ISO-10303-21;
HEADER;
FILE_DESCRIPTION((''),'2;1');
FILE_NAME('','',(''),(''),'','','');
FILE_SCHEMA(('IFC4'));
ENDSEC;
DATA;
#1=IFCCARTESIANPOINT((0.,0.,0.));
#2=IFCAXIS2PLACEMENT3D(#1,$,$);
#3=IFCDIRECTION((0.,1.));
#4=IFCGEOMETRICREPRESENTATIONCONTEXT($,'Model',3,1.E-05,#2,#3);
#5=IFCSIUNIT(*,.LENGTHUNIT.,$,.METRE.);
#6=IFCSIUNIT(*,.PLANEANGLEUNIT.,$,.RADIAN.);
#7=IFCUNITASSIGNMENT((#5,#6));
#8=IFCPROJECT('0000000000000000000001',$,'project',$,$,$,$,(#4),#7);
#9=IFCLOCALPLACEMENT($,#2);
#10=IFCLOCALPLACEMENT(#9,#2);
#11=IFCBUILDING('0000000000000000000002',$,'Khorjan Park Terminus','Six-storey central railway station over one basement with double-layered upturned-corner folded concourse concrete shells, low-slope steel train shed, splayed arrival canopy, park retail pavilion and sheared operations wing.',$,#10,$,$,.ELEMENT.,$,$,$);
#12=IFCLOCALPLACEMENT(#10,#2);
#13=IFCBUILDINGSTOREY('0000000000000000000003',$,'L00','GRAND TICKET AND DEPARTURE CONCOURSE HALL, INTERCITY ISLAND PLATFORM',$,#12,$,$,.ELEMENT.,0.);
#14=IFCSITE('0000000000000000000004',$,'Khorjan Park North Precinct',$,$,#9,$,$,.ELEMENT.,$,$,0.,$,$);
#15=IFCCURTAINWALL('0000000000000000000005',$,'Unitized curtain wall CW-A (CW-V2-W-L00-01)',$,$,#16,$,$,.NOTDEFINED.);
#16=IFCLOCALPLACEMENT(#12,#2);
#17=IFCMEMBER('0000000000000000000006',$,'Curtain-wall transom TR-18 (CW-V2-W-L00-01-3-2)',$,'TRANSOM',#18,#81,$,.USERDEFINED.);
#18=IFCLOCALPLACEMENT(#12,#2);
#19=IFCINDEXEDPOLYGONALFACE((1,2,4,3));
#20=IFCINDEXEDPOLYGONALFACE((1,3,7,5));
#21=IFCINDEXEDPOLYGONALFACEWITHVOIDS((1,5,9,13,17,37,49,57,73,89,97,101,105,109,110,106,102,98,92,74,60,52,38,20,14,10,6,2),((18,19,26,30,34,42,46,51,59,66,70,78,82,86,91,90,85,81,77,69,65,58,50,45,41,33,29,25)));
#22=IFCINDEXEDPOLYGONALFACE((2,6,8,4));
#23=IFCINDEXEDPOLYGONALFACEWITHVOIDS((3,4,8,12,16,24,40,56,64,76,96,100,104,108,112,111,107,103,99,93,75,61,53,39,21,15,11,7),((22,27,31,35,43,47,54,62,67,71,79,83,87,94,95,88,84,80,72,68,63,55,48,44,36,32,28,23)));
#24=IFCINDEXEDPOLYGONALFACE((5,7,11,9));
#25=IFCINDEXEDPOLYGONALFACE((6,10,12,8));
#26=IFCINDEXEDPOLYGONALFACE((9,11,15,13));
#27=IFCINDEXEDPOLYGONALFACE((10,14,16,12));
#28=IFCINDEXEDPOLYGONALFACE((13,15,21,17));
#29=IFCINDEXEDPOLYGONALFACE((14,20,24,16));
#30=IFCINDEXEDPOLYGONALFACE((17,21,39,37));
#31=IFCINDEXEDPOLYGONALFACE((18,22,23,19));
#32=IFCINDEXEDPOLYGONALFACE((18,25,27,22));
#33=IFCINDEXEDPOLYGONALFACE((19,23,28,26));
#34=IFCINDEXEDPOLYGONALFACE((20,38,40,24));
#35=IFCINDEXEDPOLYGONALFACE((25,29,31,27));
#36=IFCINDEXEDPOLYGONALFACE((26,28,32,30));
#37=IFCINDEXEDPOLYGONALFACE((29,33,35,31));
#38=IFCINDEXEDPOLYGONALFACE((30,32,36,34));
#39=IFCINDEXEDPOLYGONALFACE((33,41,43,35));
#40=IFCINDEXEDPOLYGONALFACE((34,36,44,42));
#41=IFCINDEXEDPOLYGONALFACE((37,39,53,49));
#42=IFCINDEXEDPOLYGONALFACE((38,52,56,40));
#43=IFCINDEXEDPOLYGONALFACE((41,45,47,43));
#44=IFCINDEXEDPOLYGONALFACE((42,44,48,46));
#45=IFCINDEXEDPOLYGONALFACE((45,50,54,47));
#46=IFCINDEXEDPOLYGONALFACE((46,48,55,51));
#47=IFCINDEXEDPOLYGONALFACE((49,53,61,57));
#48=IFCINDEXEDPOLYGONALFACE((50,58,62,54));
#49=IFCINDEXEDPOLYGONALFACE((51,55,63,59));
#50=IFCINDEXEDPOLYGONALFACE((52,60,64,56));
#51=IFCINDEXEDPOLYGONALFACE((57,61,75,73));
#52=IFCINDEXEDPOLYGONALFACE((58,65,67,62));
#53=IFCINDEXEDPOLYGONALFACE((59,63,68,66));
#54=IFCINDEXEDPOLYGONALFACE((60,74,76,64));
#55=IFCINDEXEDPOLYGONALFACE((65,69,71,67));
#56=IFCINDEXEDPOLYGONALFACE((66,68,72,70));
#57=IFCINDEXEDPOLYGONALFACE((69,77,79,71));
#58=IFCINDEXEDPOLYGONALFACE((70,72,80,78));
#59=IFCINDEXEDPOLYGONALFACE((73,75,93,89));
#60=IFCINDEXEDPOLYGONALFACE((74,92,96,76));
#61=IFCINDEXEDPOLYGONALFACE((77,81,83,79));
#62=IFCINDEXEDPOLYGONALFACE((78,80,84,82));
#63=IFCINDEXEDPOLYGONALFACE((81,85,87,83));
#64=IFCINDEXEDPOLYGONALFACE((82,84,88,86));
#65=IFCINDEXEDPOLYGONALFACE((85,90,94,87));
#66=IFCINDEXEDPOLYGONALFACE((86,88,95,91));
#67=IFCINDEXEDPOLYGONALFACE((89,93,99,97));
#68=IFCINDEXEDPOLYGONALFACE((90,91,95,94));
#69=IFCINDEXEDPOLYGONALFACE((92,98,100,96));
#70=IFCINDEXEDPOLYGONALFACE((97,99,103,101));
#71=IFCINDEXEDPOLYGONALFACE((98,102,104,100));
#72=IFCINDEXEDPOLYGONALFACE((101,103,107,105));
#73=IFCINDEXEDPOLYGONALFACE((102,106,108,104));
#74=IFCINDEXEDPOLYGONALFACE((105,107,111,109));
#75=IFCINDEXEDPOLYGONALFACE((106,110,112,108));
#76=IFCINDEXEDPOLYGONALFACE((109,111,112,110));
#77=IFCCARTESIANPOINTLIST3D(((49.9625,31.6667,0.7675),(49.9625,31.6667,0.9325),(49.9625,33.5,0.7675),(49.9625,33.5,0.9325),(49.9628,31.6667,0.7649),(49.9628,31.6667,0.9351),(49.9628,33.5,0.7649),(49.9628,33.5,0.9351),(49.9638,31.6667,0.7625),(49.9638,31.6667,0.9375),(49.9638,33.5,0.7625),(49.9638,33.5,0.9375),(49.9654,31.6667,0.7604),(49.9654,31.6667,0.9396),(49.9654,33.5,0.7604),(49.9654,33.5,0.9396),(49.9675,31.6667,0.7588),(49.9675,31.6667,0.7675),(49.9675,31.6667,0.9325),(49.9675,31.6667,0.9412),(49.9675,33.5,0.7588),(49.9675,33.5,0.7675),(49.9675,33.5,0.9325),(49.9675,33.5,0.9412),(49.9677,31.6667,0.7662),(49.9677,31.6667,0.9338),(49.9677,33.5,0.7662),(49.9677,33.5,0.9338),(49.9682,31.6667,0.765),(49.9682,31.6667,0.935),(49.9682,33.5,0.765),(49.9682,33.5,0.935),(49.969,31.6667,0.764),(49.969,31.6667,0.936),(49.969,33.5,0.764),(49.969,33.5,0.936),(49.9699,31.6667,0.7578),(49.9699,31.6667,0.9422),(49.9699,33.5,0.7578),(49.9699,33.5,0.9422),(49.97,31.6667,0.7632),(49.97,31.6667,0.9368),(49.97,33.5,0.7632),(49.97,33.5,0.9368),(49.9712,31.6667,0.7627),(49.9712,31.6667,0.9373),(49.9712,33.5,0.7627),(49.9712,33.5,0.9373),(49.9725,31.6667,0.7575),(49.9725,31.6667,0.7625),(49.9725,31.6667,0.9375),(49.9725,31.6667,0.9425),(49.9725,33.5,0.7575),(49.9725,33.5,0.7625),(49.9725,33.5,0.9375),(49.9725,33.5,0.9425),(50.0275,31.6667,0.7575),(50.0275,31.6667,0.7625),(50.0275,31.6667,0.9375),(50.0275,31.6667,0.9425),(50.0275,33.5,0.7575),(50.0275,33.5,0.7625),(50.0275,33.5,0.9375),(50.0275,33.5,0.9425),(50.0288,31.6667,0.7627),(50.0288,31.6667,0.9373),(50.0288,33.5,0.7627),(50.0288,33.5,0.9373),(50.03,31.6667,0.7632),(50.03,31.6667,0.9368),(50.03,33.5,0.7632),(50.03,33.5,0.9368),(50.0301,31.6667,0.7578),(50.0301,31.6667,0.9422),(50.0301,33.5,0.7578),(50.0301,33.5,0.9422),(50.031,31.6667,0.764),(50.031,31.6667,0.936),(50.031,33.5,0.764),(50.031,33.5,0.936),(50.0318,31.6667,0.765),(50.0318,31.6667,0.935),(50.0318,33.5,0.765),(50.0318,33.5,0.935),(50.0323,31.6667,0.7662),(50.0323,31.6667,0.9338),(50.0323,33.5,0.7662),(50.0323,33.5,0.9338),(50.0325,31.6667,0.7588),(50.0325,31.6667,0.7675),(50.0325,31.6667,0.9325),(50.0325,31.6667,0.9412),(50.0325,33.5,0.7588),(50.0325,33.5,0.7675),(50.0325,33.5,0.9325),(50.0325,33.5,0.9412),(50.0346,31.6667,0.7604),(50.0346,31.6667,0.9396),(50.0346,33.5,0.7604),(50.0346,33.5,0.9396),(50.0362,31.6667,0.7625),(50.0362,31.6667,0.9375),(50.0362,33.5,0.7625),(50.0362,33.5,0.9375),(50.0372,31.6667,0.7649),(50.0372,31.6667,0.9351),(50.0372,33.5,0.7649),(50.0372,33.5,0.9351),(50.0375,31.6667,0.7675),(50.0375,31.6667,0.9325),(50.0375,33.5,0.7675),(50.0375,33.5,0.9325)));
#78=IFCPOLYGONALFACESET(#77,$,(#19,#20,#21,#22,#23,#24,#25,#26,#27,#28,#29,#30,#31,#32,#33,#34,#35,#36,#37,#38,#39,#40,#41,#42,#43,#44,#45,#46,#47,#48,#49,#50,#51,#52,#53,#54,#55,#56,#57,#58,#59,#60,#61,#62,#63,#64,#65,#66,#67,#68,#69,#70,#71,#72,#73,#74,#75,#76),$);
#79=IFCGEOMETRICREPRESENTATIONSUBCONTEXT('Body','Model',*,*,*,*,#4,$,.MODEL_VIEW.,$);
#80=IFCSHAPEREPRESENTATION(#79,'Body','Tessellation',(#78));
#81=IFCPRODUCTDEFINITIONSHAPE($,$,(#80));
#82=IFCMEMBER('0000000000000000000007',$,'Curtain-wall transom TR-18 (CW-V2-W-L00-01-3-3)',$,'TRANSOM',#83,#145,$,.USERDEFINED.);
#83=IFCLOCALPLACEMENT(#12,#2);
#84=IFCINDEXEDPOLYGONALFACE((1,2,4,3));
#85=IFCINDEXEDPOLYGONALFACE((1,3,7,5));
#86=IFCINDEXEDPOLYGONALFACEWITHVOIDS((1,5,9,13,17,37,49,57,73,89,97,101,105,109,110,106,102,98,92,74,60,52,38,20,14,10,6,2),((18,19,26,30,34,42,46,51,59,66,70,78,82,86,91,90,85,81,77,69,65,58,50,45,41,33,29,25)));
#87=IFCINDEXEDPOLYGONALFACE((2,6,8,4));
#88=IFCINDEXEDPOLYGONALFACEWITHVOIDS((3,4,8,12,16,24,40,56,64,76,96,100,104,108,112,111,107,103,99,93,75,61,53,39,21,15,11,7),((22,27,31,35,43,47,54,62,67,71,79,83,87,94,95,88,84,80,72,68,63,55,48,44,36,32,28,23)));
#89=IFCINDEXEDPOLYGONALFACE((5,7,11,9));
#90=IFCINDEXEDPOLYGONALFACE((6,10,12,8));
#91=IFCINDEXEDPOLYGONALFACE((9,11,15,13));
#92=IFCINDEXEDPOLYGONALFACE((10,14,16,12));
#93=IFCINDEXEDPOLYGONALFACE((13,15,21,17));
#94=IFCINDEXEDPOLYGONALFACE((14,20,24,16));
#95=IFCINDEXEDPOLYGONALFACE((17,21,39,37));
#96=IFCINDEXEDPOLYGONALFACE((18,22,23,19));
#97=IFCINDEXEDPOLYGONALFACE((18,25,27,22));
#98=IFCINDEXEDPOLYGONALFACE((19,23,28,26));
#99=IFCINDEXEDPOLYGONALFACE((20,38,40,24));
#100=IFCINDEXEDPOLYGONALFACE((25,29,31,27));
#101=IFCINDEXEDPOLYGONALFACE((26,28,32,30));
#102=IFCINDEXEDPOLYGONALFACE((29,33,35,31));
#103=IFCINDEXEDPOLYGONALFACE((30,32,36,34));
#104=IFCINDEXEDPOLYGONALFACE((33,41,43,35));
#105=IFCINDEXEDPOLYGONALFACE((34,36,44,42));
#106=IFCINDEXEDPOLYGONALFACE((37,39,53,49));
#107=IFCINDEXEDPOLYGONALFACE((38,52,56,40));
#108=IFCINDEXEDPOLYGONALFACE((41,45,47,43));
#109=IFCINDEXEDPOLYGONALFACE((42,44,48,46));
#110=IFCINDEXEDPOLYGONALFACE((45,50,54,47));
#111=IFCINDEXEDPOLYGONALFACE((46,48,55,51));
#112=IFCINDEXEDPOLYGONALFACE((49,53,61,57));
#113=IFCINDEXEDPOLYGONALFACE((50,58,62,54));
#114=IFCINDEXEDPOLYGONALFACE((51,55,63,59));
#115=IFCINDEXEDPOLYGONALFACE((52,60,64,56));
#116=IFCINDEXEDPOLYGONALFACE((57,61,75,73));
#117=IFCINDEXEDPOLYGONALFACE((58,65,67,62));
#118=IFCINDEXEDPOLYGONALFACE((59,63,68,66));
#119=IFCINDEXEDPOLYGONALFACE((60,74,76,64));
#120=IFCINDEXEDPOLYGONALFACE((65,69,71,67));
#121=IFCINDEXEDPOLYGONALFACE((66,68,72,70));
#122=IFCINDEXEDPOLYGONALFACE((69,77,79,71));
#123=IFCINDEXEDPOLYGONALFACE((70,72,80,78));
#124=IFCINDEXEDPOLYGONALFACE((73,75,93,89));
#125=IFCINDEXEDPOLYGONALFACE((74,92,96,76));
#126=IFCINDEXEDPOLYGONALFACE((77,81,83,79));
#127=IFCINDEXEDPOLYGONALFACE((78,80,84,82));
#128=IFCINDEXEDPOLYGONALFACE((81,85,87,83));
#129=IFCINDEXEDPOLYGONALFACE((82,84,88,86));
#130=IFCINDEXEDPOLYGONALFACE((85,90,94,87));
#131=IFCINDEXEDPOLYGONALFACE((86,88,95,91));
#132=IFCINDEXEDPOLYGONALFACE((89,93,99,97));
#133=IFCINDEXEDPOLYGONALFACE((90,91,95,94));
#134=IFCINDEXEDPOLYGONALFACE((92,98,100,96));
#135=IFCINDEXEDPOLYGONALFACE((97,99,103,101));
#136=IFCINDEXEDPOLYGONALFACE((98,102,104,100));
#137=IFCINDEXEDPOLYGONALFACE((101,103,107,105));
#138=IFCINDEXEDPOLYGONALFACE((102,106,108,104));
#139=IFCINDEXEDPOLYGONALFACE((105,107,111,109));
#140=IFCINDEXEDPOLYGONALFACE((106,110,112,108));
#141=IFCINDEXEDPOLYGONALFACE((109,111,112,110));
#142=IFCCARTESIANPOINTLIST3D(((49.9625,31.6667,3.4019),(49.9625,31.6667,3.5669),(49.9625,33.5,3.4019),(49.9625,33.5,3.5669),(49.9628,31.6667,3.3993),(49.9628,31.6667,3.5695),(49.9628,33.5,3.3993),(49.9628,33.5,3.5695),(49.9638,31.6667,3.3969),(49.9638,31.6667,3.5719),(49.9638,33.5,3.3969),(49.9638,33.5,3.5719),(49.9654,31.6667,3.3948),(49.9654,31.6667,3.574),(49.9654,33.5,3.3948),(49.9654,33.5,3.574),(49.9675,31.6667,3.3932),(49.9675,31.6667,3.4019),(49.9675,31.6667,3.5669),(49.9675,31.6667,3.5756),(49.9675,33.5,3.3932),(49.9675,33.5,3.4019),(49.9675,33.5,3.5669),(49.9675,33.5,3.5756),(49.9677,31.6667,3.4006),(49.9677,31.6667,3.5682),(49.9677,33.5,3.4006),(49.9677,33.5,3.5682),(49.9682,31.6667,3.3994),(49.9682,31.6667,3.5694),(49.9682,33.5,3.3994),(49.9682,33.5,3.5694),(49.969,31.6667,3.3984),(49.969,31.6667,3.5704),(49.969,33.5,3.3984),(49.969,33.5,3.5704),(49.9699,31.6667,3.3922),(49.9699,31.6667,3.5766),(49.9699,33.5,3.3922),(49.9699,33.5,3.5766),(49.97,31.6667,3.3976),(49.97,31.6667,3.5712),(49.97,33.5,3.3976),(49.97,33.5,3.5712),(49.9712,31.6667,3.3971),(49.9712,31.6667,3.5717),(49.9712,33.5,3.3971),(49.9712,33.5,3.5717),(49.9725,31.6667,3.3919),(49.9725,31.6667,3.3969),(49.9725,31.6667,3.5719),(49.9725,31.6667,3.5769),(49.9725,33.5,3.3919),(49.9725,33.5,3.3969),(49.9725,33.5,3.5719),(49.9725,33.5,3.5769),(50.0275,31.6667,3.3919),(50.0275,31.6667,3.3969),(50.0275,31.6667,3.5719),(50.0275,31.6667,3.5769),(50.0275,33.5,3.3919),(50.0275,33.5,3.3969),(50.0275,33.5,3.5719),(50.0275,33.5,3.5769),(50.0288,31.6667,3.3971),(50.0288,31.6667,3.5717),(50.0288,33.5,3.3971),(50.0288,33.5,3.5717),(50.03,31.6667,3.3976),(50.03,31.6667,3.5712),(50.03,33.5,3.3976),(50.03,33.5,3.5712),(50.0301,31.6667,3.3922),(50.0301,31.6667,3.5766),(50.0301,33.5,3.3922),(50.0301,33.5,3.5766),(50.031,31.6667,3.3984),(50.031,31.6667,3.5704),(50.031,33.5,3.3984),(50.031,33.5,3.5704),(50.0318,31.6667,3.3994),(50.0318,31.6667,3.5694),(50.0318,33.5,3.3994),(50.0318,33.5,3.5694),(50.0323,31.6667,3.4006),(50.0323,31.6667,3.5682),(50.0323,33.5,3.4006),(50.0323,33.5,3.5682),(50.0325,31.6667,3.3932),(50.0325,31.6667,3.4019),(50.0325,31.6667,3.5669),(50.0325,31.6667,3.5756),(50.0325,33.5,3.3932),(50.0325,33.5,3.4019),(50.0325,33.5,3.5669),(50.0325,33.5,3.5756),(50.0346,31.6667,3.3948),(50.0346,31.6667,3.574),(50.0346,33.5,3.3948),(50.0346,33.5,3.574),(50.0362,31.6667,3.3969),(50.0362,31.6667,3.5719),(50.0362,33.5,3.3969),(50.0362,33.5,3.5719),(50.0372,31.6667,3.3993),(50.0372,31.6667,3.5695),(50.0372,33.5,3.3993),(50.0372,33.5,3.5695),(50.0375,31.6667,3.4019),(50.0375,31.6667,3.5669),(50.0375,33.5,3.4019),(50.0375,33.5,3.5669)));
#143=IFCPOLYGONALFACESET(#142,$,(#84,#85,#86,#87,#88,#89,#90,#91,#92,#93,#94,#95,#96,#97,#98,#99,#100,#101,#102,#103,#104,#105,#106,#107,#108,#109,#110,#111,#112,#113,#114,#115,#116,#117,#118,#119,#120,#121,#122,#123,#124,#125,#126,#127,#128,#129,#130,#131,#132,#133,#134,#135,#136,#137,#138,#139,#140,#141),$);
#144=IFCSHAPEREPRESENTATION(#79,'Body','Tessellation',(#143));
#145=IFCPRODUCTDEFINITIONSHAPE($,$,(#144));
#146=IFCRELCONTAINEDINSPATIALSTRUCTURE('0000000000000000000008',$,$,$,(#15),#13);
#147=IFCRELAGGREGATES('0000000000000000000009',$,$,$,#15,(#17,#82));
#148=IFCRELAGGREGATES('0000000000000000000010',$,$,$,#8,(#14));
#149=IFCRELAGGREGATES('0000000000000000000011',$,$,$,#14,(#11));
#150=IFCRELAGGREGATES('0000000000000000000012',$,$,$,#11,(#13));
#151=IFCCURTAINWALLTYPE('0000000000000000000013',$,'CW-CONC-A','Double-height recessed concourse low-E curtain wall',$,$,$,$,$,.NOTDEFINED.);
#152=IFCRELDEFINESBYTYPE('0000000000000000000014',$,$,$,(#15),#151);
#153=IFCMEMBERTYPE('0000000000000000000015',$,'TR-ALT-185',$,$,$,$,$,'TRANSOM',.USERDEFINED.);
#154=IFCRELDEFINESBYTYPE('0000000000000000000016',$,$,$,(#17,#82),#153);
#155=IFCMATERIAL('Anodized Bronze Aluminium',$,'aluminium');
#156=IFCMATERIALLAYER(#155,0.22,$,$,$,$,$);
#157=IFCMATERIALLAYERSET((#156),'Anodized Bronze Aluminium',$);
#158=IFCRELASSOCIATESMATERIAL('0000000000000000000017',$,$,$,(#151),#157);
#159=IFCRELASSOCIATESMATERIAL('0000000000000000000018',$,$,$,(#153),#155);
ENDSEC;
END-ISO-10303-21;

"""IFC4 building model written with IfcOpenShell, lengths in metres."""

from ifc_helpers import new_model, si_unit, direction, frame, origin, origin_2d, place, context, subcontext, project, spatial, hollow_rectangle, extrude, material, layer, layer_set, material_profile, profile_set, type_object, element, aggregate, save


model = new_model("IFC4")

# Units and contexts
model_context = context("Model", 3, precision=1e-05, world=origin(), true_north=direction((0.0, 1.0)))
body_context = subcontext(model_context, "Body", "Model", "MODEL_VIEW")
ifc_project = project(units=[si_unit("LENGTHUNIT", "METRE"), si_unit("PLANEANGLEUNIT", "RADIAN")], contexts=[model_context])

# Site, building, storey
site_placement = place(None, origin())
site = spatial("IfcSite", under=ifc_project, at=site_placement, Name="Khorjan Park North Precinct", CompositionType="ELEMENT", RefElevation=0.0)
building_placement = place(site_placement, origin())
building = spatial("IfcBuilding", under=site, at=building_placement, Name="Khorjan Park Terminus", Description="Six-storey central railway station over one basement with double-layered upturned-corner folded concourse concrete shells, low-slope steel train shed, splayed arrival canopy, park retail pavilion and sheared operations wing.", CompositionType="ELEMENT")
storey_placement = place(building_placement, origin())
storey = spatial("IfcBuildingStorey", under=building, at=storey_placement, Name="L00", Description="GRAND TICKET AND DEPARTURE CONCOURSE HALL, INTERCITY ISLAND PLATFORM", CompositionType="ELEMENT", Elevation=0.0)

# Curtain wall, members
ifc_material_1 = material(Name="Anodized Bronze Aluminium", Category="aluminium")
ifc_layer_1 = layer(ifc_material_1, 0.22)
ifc_layer_set_1 = layer_set([ifc_layer_1], Name="Anodized Bronze Aluminium")
curtain_wall_type = type_object("IfcCurtainWallType", Name="CW-CONC-A", Description="Double-height recessed concourse low-E curtain wall", PredefinedType="NOTDEFINED", material=ifc_layer_set_1)
curtain_wall_placement = place(storey_placement, origin())
curtain_wall = element("IfcCurtainWall", 1, at=curtain_wall_placement, inside=storey, type_object=curtain_wall_type, Name="Unitized curtain wall CW-A (CW-V2-W-L00-01)", PredefinedType="NOTDEFINED")
ifc_material_profile_1 = material_profile(ifc_material_1, hollow_rectangle(XDim=0.075, YDim=0.185, WallThickness=0.005, InnerFilletRadius=0.005, OuterFilletRadius=0.01, at=origin_2d()), Name="ALT 75x185x5")
ifc_profile_set_1 = profile_set([ifc_material_profile_1], Name="Anodized Bronze Aluminium")
member_type_1 = type_object("IfcMemberType", Name="TR-ALT-185", ElementType="TRANSOM", PredefinedType="USERDEFINED", material=ifc_profile_set_1)
member_1_placement = place(storey_placement, frame((50.0, 33.5, 0.85), z_axis=(0.0, -1.0, 0.0), x_axis=(1.0, 0.0, 0.0)))
member_1 = element("IfcMember", 2, at=member_1_placement, type_object=member_type_1, Name="Curtain-wall transom TR-18 (CW-V2-W-L00-01-3-2)", ObjectType="TRANSOM", PredefinedType="USERDEFINED", context=body_context, shape_type="SweptSolid", body=[
    extrude(hollow_rectangle(XDim=0.075, YDim=0.185, WallThickness=0.005, InnerFilletRadius=0.005, OuterFilletRadius=0.01, at=origin_2d()), origin(), (0.0, 0.0, 1.0), 1.8333),
])
member_2_placement = place(storey_placement, frame((50.0, 33.5, 3.4844), z_axis=(0.0, -1.0, 0.0), x_axis=(1.0, 0.0, 0.0)))
member_2 = element("IfcMember", 3, at=member_2_placement, type_object=member_type_1, Name="Curtain-wall transom TR-18 (CW-V2-W-L00-01-3-3)", ObjectType="TRANSOM", PredefinedType="USERDEFINED", context=body_context, shape_type="SweptSolid", body=[
    extrude(hollow_rectangle(XDim=0.075, YDim=0.185, WallThickness=0.005, InnerFilletRadius=0.005, OuterFilletRadius=0.01, at=origin_2d()), origin(), (0.0, 0.0, 1.0), 1.8333),
])
aggregate(curtain_wall, [member_1, member_2])

save(model, "model.ifc")
